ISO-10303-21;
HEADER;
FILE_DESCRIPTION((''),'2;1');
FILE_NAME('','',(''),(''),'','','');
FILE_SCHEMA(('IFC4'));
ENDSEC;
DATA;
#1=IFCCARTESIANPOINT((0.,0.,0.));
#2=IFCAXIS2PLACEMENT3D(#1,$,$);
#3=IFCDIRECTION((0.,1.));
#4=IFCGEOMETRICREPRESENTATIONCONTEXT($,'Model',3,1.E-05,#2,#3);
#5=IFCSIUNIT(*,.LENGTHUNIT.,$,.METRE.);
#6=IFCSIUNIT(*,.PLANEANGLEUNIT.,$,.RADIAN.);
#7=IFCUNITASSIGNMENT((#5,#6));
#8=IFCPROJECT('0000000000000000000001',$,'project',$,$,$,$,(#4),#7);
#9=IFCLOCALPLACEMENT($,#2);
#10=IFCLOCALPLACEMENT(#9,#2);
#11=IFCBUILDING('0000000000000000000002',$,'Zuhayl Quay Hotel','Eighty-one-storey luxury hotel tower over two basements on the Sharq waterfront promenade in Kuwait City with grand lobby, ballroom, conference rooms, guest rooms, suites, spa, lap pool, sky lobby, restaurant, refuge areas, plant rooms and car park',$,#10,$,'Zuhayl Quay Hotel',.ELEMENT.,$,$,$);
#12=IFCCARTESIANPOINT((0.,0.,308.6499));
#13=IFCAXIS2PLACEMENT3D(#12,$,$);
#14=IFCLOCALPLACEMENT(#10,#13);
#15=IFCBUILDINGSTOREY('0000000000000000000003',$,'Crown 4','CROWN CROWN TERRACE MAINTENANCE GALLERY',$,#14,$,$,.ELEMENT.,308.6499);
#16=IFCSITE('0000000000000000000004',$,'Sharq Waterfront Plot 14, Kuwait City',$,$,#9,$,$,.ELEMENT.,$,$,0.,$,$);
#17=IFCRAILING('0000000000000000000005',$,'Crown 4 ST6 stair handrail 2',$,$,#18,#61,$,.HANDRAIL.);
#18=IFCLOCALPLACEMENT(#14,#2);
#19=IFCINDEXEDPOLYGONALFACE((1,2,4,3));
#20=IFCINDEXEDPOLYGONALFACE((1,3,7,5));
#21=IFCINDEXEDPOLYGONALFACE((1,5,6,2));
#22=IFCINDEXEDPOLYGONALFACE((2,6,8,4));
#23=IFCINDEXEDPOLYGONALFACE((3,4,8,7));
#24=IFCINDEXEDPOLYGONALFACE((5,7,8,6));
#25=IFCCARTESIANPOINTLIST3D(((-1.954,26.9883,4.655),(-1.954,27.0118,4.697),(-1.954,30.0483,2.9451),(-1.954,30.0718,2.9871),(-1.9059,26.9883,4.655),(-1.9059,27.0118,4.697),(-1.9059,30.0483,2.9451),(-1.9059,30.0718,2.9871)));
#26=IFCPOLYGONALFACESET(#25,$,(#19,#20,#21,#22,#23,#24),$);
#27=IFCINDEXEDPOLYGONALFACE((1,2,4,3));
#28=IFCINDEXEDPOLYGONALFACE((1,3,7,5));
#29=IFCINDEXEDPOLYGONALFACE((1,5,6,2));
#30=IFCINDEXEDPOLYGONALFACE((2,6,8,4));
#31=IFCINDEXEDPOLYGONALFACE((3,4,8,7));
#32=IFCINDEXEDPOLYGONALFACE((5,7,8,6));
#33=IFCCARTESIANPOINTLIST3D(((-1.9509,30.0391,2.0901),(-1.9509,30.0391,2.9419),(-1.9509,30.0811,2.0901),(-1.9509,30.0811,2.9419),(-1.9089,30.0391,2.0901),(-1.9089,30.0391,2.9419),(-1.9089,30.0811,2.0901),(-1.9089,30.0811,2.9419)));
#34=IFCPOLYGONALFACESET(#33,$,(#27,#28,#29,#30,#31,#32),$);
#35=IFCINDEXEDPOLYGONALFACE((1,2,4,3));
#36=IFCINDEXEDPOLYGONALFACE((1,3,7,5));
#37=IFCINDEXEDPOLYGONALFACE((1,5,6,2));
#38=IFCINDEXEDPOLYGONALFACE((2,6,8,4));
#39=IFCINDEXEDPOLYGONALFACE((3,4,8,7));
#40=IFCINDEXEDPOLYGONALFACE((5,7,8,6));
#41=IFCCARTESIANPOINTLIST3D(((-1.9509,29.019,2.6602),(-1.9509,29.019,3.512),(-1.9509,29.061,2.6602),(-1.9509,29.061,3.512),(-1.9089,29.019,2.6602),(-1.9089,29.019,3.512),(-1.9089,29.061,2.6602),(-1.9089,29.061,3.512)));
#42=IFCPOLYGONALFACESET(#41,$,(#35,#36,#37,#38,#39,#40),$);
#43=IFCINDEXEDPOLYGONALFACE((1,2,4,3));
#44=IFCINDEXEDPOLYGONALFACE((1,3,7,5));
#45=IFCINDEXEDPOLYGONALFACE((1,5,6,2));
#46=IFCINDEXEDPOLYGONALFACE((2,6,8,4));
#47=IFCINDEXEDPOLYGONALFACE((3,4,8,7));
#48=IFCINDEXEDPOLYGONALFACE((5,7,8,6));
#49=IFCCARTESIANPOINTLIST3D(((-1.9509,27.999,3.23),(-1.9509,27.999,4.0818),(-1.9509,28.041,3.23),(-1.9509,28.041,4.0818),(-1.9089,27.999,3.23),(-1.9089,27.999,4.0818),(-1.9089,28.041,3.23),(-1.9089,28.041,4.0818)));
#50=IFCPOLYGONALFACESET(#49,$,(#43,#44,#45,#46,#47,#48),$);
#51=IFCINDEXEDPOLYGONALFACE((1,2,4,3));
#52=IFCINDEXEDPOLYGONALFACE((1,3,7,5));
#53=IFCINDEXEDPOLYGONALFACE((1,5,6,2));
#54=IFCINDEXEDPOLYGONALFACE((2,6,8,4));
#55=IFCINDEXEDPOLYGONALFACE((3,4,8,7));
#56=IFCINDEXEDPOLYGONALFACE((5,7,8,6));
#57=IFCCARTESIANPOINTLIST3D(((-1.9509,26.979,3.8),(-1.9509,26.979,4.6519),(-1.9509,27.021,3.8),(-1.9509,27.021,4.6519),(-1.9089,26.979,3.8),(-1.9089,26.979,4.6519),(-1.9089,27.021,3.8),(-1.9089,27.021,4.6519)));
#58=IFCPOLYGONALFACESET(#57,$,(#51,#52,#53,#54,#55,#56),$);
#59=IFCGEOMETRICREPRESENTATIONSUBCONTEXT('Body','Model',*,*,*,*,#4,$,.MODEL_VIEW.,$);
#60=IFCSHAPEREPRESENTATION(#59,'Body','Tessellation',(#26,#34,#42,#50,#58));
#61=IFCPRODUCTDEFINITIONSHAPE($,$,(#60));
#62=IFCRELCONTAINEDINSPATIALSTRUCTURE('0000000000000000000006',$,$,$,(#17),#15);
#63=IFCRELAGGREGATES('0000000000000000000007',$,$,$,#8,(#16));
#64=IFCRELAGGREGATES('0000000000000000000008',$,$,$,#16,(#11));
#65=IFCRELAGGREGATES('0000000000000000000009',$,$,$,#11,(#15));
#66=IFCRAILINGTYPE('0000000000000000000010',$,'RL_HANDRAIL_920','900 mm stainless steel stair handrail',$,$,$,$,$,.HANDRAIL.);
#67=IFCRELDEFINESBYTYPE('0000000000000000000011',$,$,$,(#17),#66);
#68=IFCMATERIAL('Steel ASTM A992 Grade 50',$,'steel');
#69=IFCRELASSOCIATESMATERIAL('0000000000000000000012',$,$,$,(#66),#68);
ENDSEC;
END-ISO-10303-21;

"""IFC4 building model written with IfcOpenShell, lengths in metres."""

from ifc_helpers import new_model, si_unit, direction, frame, origin, origin_2d, place, context, subcontext, project, spatial, rectangle, extrude, material, type_object, element, save


model = new_model("IFC4")

# Units and contexts
model_context = context("Model", 3, precision=1e-05, world=origin(), true_north=direction((0.0, 1.0)))
body_context = subcontext(model_context, "Body", "Model", "MODEL_VIEW")
ifc_project = project(units=[si_unit("LENGTHUNIT", "METRE"), si_unit("PLANEANGLEUNIT", "RADIAN")], contexts=[model_context])

# Site, building, storey
site_placement = place(None, origin())
site = spatial("IfcSite", under=ifc_project, at=site_placement, Name="Sharq Waterfront Plot 14, Kuwait City", CompositionType="ELEMENT", RefElevation=0.0)
building_placement = place(site_placement, origin())
building = spatial("IfcBuilding", under=site, at=building_placement, Name="Zuhayl Quay Hotel", Description="Eighty-one-storey luxury hotel tower over two basements on the Sharq waterfront promenade in Kuwait City with grand lobby, ballroom, conference rooms, guest rooms, suites, spa, lap pool, sky lobby, restaurant, refuge areas, plant rooms and car park", LongName="Zuhayl Quay Hotel", CompositionType="ELEMENT")
storey_placement = place(building_placement, frame((0.0, 0.0, 308.6499)))
storey = spatial("IfcBuildingStorey", under=building, at=storey_placement, Name="Crown 4", Description="CROWN CROWN TERRACE MAINTENANCE GALLERY", CompositionType="ELEMENT", Elevation=308.6499)

# Shared definitions
ifc_material_1 = material(Name="Steel ASTM A992 Grade 50", Category="steel")

# Railing
railing_type_1 = type_object("IfcRailingType", Name="RL_HANDRAIL_920", Description="900 mm stainless steel stair handrail", PredefinedType="HANDRAIL", material=ifc_material_1)
railing_1_placement = place(storey_placement, frame((-1.9299, 30.0601, 2.0901)))
element("IfcRailing", 1, at=railing_1_placement, inside=storey, type_object=railing_type_1, Name="Crown 4 ST6 stair handrail 2", PredefinedType="HANDRAIL", context=body_context, shape_type="SweptSolid", body=[
    extrude(rectangle(XDim=0.0481, YDim=0.0481, at=origin_2d()), frame((0.0, 0.0, 0.876), z_axis=(0.0, -0.872952, 0.487806), x_axis=(1.0, 0.0, 0.0)), (0.0, 0.0, 1.0), 3.5054),
    extrude(rectangle(XDim=0.042, YDim=0.042, at=origin_2d()), origin(), (0.0, 0.0, 1.0), 0.8518),
    extrude(rectangle(XDim=0.042, YDim=0.042, at=origin_2d()), frame((0.0, -1.02, 0.5701)), (0.0, 0.0, 1.0), 0.8518),
    extrude(rectangle(XDim=0.042, YDim=0.042, at=origin_2d()), frame((0.0, -2.04, 1.1399)), (0.0, 0.0, 1.0), 0.8518),
    extrude(rectangle(XDim=0.042, YDim=0.042, at=origin_2d()), frame((0.0, -3.0601, 1.71)), (0.0, 0.0, 1.0), 0.8518),
])

save(model, "model.ifc")
